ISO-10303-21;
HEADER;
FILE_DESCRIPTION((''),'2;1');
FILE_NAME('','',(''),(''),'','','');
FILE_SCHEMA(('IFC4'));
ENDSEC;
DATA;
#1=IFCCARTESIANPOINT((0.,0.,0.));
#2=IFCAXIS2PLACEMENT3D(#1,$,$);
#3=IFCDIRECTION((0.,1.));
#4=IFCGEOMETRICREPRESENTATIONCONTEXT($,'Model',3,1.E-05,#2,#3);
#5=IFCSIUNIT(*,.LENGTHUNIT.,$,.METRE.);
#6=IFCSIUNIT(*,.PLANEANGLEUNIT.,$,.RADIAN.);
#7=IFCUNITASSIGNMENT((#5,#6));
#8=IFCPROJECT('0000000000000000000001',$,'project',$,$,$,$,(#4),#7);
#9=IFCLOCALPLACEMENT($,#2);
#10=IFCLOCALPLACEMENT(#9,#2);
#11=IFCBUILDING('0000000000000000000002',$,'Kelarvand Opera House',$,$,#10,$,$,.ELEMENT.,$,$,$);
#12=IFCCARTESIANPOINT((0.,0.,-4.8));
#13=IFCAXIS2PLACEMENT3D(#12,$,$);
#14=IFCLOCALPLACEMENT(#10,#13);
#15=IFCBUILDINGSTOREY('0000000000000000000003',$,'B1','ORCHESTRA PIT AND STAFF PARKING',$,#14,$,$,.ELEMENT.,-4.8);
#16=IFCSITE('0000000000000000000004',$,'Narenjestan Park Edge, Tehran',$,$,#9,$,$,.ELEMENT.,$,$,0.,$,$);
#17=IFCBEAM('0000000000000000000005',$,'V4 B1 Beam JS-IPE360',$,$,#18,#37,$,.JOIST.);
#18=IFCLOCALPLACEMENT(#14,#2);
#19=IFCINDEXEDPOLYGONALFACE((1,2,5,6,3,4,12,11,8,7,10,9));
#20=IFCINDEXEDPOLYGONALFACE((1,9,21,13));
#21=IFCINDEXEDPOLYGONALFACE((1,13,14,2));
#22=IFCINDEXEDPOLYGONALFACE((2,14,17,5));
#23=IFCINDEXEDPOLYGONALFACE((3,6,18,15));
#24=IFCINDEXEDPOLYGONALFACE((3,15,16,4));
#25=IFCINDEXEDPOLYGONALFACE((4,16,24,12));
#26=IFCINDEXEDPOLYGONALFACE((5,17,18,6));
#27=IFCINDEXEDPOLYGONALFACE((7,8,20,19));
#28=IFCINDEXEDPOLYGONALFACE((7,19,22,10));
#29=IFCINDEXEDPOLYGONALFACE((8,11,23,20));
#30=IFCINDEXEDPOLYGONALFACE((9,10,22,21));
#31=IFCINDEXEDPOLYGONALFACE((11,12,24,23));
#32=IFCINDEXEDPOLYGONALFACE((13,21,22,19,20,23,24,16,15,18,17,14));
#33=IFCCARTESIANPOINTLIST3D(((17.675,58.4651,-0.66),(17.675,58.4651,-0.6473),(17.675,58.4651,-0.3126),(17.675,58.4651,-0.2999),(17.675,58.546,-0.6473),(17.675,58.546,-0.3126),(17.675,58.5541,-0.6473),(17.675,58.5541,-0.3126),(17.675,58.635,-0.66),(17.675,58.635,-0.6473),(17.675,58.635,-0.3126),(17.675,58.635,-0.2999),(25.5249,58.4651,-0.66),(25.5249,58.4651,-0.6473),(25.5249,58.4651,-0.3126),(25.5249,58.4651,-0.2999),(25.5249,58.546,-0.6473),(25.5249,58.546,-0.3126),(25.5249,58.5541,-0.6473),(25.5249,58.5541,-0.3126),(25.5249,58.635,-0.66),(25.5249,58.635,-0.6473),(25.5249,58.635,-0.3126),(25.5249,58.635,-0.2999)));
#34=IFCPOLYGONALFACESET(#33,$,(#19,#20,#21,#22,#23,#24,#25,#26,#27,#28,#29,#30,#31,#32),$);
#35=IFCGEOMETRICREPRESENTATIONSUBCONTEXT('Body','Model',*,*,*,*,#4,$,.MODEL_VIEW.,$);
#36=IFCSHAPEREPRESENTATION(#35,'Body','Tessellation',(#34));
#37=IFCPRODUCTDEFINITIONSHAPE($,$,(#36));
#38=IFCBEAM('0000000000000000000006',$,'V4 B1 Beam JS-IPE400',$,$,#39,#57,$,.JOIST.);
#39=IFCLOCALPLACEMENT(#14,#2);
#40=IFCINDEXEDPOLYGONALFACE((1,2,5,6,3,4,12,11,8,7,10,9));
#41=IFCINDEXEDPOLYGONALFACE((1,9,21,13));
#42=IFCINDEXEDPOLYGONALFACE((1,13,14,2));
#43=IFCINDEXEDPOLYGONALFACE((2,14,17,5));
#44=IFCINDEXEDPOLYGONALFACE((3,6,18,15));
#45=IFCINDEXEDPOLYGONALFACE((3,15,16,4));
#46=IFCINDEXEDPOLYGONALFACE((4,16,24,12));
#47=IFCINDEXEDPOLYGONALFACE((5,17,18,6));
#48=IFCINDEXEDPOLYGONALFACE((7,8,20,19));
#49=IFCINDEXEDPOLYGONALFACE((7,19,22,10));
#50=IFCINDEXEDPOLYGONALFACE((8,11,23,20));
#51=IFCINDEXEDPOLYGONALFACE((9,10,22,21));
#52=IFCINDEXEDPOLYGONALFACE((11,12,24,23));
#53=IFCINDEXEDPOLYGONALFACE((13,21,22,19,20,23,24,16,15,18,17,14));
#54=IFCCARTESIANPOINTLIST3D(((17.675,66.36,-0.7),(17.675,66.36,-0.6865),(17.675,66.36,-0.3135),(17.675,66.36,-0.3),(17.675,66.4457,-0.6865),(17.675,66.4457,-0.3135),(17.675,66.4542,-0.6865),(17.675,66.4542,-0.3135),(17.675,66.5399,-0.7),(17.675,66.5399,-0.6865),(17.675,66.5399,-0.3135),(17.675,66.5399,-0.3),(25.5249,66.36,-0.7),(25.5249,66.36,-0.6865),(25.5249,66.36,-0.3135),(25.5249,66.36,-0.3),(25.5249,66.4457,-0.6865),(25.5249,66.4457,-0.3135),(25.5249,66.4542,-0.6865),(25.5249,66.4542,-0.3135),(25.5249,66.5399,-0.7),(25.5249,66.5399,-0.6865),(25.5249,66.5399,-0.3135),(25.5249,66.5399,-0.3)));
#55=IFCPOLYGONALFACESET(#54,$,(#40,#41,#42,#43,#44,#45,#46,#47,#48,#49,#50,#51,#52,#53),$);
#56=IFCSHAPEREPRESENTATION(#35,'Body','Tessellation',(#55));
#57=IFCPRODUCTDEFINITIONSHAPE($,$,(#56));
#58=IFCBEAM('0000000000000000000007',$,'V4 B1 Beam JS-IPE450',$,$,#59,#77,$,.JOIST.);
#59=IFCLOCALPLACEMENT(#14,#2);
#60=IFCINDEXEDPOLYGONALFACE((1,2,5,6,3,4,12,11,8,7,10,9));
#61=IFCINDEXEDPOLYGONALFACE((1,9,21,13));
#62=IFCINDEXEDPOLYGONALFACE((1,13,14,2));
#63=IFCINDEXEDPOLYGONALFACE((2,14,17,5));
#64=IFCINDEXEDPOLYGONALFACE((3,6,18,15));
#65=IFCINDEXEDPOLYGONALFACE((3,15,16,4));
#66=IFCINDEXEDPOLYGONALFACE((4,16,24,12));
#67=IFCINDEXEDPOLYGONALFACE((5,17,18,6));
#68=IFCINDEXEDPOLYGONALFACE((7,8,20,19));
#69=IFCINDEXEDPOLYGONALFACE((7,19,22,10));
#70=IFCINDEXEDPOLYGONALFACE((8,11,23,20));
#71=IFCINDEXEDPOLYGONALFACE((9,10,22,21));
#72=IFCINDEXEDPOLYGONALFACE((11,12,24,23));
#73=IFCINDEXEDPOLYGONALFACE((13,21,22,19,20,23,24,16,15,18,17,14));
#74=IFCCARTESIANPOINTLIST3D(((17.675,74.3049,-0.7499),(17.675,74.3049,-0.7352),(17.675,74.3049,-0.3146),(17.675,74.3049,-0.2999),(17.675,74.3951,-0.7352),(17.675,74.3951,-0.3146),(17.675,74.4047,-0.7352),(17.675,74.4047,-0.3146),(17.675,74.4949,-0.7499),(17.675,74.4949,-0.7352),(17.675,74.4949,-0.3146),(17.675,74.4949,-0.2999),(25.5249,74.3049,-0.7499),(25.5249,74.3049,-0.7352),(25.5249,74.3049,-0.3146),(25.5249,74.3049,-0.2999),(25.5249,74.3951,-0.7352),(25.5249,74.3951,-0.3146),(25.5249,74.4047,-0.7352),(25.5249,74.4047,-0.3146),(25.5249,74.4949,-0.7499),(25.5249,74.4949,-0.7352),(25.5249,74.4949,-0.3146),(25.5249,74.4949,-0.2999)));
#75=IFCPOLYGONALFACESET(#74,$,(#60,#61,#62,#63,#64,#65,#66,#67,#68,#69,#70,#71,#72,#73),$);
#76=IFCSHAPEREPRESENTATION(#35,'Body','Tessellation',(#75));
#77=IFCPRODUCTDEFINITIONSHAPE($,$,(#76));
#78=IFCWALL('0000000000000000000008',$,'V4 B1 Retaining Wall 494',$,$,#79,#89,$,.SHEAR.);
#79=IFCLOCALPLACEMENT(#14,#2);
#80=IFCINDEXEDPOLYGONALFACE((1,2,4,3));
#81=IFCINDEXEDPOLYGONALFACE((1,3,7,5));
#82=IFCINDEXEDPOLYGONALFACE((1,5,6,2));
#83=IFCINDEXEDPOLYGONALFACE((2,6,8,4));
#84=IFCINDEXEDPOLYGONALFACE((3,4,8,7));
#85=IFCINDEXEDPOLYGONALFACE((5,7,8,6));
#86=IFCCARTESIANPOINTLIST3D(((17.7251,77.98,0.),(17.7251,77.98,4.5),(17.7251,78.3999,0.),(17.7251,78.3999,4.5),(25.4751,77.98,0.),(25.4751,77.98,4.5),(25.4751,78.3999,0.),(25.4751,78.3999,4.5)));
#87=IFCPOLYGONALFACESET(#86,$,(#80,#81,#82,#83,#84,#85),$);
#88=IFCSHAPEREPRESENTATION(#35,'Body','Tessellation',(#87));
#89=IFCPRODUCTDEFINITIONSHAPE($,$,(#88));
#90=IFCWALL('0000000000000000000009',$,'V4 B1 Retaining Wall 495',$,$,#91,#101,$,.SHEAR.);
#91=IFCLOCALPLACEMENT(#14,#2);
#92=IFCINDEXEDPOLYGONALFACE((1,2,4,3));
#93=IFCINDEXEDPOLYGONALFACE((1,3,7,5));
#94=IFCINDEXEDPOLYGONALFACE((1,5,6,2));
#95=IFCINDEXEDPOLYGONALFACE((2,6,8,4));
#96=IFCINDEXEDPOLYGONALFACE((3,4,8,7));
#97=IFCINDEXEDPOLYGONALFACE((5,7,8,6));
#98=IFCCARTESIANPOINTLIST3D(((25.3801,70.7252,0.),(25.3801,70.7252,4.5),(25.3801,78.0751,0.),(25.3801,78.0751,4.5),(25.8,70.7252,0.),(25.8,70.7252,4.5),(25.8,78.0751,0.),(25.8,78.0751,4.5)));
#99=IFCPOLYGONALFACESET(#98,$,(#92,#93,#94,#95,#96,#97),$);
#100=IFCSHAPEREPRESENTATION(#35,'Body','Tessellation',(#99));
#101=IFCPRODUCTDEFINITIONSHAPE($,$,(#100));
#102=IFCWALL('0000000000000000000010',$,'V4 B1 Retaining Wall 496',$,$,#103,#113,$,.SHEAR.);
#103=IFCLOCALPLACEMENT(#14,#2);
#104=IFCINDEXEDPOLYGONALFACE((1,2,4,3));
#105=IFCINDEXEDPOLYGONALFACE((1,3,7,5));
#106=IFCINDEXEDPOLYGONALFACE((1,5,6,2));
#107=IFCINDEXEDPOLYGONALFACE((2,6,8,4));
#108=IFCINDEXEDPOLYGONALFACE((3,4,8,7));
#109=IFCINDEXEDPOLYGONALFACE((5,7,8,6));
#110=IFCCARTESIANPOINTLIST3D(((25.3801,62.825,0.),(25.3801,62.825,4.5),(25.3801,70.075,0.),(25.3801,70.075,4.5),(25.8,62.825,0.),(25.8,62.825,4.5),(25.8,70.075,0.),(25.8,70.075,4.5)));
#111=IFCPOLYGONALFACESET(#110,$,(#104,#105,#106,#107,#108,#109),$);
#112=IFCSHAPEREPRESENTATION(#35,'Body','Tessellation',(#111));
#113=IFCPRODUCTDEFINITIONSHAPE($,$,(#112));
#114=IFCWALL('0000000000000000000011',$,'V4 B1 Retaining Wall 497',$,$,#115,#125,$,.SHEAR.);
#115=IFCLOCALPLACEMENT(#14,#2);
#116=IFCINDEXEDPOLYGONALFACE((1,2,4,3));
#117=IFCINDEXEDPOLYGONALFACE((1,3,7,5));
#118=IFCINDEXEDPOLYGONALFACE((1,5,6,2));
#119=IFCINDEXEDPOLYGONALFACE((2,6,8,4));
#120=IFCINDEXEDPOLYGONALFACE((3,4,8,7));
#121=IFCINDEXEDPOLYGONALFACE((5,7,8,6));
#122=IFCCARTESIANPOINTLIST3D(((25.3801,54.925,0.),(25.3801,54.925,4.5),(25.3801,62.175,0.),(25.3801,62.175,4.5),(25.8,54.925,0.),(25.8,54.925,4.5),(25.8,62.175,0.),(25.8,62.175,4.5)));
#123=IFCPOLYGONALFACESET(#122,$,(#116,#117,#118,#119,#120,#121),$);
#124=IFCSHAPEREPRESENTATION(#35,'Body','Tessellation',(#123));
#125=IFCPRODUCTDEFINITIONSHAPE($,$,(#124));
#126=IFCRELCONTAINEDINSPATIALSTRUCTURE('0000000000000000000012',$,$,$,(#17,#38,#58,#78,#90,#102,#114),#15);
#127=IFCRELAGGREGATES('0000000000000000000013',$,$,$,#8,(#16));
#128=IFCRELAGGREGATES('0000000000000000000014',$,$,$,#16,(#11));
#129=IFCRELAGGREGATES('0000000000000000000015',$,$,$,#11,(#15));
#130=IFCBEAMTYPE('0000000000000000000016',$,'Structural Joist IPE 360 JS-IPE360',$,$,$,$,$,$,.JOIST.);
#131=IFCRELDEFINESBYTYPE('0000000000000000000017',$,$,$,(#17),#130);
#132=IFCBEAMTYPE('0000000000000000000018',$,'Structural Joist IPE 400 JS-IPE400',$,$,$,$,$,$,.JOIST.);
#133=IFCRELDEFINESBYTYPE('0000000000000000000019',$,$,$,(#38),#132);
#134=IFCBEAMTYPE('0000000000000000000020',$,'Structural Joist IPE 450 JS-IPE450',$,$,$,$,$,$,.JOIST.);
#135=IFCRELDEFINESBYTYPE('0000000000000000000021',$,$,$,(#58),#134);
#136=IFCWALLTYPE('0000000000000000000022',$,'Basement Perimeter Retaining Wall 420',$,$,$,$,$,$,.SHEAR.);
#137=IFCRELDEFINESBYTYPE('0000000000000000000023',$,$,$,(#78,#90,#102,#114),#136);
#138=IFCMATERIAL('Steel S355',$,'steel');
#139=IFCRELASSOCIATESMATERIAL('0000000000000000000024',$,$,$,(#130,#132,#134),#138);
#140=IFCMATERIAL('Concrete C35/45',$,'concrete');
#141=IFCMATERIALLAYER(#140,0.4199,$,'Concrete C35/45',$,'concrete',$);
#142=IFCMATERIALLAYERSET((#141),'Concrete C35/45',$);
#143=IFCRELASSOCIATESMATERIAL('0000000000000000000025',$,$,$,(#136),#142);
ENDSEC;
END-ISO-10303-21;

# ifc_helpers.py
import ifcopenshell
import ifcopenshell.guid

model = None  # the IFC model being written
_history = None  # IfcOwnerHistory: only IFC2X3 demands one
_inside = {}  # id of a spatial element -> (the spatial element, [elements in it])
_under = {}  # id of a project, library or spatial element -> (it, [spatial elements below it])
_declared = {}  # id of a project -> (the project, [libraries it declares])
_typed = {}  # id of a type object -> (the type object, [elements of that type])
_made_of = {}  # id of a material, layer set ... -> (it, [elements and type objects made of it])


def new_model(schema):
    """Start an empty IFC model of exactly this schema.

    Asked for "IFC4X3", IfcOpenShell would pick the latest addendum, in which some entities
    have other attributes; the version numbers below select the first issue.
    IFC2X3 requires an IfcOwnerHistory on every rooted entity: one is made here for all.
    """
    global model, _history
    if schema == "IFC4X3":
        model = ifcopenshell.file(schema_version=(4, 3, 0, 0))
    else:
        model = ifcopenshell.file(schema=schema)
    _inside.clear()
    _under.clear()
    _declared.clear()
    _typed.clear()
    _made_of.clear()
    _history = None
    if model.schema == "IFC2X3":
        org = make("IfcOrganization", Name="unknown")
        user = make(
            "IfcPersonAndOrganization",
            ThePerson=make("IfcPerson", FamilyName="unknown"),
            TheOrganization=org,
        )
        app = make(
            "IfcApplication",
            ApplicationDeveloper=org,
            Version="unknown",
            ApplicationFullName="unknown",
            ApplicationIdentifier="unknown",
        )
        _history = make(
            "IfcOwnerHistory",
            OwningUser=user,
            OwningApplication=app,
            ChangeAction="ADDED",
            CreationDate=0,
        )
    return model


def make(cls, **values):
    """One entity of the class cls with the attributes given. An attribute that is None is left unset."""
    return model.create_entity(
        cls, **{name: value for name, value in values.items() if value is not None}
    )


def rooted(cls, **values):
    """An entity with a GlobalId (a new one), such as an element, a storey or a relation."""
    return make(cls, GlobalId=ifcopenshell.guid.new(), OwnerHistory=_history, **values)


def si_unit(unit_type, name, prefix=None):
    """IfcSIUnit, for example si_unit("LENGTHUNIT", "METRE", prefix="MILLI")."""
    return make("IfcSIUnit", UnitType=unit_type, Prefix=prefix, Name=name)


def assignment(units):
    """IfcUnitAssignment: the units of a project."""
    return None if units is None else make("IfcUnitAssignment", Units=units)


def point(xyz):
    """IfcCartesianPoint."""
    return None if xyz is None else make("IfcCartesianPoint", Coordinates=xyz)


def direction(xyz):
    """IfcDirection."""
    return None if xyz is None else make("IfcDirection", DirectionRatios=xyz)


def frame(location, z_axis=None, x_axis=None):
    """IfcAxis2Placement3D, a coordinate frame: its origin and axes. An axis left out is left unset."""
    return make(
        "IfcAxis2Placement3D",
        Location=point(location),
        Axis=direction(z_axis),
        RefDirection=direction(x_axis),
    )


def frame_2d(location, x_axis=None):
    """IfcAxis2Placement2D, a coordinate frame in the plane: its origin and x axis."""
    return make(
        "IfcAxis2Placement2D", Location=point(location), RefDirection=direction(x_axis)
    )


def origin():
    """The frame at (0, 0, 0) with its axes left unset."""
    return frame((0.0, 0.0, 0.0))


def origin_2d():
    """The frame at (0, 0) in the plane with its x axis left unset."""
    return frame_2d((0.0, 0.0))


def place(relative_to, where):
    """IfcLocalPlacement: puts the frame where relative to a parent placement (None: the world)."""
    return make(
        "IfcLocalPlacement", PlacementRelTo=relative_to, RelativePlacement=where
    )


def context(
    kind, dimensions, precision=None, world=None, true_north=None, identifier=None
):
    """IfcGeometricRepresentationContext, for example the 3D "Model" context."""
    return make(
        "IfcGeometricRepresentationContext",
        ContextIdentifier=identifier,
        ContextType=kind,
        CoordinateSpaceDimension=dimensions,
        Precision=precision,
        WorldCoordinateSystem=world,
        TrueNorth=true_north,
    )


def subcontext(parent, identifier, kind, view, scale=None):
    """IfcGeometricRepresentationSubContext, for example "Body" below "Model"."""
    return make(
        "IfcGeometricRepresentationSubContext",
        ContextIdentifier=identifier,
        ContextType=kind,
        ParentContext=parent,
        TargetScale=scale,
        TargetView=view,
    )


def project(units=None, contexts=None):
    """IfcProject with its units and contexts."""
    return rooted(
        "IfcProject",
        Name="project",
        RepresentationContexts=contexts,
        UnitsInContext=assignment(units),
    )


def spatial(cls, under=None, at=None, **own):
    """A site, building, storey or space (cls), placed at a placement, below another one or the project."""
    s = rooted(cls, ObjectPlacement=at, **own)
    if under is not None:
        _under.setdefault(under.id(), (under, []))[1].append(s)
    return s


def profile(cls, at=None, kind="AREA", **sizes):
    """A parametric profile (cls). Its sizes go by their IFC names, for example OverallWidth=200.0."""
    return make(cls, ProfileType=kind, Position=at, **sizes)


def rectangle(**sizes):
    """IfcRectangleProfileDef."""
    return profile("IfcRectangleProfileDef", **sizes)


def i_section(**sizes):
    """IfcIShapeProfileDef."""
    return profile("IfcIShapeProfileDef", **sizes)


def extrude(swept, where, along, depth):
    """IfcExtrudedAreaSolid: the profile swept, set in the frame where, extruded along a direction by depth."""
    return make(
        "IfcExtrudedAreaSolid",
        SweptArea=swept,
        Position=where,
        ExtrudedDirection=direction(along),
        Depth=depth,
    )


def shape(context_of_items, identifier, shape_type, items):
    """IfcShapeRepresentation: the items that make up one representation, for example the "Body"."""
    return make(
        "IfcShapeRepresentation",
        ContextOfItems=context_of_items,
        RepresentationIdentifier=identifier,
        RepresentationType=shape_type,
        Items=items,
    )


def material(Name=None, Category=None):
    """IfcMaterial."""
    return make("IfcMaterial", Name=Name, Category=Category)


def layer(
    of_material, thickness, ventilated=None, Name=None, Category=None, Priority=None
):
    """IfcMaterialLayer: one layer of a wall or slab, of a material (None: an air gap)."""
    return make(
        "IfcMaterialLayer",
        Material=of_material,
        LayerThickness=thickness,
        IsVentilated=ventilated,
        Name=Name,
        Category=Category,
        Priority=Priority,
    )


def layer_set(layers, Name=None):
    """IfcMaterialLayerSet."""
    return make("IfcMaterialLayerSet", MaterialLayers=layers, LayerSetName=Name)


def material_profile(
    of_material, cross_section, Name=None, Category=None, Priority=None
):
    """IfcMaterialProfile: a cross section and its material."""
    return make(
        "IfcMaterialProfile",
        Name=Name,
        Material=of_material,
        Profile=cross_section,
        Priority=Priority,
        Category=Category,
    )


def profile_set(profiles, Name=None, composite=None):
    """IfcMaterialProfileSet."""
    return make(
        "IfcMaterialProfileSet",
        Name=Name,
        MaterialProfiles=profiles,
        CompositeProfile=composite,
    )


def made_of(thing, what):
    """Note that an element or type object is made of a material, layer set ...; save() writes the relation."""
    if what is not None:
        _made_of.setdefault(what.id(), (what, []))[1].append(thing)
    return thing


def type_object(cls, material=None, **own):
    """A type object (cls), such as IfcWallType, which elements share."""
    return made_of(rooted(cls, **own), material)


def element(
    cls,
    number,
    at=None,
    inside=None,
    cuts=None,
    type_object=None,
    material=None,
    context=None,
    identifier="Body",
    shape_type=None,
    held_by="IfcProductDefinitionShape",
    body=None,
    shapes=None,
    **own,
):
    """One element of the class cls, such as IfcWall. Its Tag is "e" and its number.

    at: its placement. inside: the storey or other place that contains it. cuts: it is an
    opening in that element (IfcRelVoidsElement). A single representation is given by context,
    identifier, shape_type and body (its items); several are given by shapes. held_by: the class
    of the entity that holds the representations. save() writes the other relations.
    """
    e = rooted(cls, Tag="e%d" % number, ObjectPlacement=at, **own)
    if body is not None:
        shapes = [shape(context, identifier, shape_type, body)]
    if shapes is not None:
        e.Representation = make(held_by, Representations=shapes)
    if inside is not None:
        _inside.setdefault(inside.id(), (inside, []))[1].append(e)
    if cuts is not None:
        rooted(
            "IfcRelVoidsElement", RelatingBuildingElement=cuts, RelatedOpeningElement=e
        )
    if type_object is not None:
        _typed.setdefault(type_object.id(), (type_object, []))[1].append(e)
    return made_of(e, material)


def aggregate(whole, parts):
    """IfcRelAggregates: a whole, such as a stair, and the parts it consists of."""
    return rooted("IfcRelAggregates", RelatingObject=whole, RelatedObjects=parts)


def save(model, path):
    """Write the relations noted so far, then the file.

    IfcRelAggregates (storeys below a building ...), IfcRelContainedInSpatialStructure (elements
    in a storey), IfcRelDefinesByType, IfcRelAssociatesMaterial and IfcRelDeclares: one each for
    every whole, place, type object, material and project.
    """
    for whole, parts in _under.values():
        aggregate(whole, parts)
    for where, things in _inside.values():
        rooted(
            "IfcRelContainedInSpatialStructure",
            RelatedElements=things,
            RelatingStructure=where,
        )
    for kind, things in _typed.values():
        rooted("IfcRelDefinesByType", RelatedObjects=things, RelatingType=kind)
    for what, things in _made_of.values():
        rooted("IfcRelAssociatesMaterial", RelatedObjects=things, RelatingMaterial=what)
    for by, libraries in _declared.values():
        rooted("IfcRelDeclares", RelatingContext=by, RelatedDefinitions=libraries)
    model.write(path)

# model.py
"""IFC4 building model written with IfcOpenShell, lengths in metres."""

from ifc_helpers import new_model, si_unit, direction, frame, frame_2d, origin, origin_2d, place, context, subcontext, project, spatial, rectangle, i_section, extrude, material, layer, layer_set, material_profile, profile_set, type_object, element, save


model = new_model("IFC4")

# Units and contexts
model_context = context("Model", 3, precision=1e-05, world=origin(), true_north=direction((0.0, 1.0)))
body_context = subcontext(model_context, "Body", "Model", "MODEL_VIEW")
ifc_project = project(units=[si_unit("LENGTHUNIT", "METRE"), si_unit("PLANEANGLEUNIT", "RADIAN")], contexts=[model_context])

# Site, building, storey
site_placement = place(None, origin())
site = spatial("IfcSite", under=ifc_project, at=site_placement, Name="Narenjestan Park Edge, Tehran", CompositionType="ELEMENT", RefElevation=0.0)
building_placement = place(site_placement, origin())
building = spatial("IfcBuilding", under=site, at=building_placement, Name="Kelarvand Opera House", CompositionType="ELEMENT")
storey_placement = place(building_placement, frame((0.0, 0.0, -4.8)))
storey = spatial("IfcBuildingStorey", under=building, at=storey_placement, Name="B1", Description="ORCHESTRA PIT AND STAFF PARKING", CompositionType="ELEMENT", Elevation=-4.8)

# Beams
ifc_material_1 = material(Name="Steel S355", Category="steel")
ifc_material_profile_1 = material_profile(ifc_material_1, i_section(OverallWidth=0.1699, OverallDepth=0.3601, WebThickness=0.0081, FlangeThickness=0.0127, at=origin_2d()), Name="IPE 360", Category="steel")
ifc_profile_set_1 = profile_set([ifc_material_profile_1], Name="Steel S355")
beam_type_1 = type_object("IfcBeamType", Name="Structural Joist IPE 360 JS-IPE360", PredefinedType="JOIST", material=ifc_profile_set_1)
beam_1_placement = place(storey_placement, frame((17.675, 58.55, -0.48), z_axis=(1.0, 0.0, 0.0), x_axis=(0.0, 1.0, 0.0)))
element("IfcBeam", 1, at=beam_1_placement, inside=storey, type_object=beam_type_1, Name="V4 B1 Beam JS-IPE360", PredefinedType="JOIST", context=body_context, shape_type="SweptSolid", body=[
    extrude(i_section(OverallWidth=0.1699, OverallDepth=0.3601, WebThickness=0.0081, FlangeThickness=0.0127, at=origin_2d()), origin(), (0.0, 0.0, 1.0), 7.8499),
])
ifc_material_profile_2 = material_profile(ifc_material_1, i_section(OverallWidth=0.1799, OverallDepth=0.3999, WebThickness=0.0085, FlangeThickness=0.0134, at=origin_2d()), Name="IPE 400", Category="steel")
ifc_profile_set_2 = profile_set([ifc_material_profile_2], Name="Steel S355")
beam_type_2 = type_object("IfcBeamType", Name="Structural Joist IPE 400 JS-IPE400", PredefinedType="JOIST", material=ifc_profile_set_2)
beam_2_placement = place(storey_placement, frame((17.675, 66.45, -0.5), z_axis=(1.0, 0.0, 0.0), x_axis=(0.0, 1.0, 0.0)))
element("IfcBeam", 2, at=beam_2_placement, inside=storey, type_object=beam_type_2, Name="V4 B1 Beam JS-IPE400", PredefinedType="JOIST", context=body_context, shape_type="SweptSolid", body=[
    extrude(i_section(OverallWidth=0.1799, OverallDepth=0.3999, WebThickness=0.0085, FlangeThickness=0.0134, at=origin_2d()), origin(), (0.0, 0.0, 1.0), 7.8499),
])
ifc_material_profile_3 = material_profile(ifc_material_1, i_section(OverallWidth=0.1899, OverallDepth=0.45, WebThickness=0.0095, FlangeThickness=0.0146, at=origin_2d()), Name="IPE 450", Category="steel")
ifc_profile_set_3 = profile_set([ifc_material_profile_3], Name="Steel S355")
beam_type_3 = type_object("IfcBeamType", Name="Structural Joist IPE 450 JS-IPE450", PredefinedType="JOIST", material=ifc_profile_set_3)
beam_3_placement = place(storey_placement, frame((17.675, 74.3999, -0.5249), z_axis=(1.0, 0.0, 0.0), x_axis=(0.0, 1.0, 0.0)))
element("IfcBeam", 3, at=beam_3_placement, inside=storey, type_object=beam_type_3, Name="V4 B1 Beam JS-IPE450", PredefinedType="JOIST", context=body_context, shape_type="SweptSolid", body=[
    extrude(i_section(OverallWidth=0.1899, OverallDepth=0.45, WebThickness=0.0095, FlangeThickness=0.0146, at=origin_2d()), origin(), (0.0, 0.0, 1.0), 7.8499),
])

# Walls
ifc_material_2 = material(Name="Concrete C35/45", Category="concrete")
ifc_layer = layer(ifc_material_2, 0.4199, Name="Concrete C35/45", Category="concrete")
ifc_layer_set = layer_set([ifc_layer], Name="Concrete C35/45")
wall_type = type_object("IfcWallType", Name="Basement Perimeter Retaining Wall 420", PredefinedType="SHEAR", material=ifc_layer_set)
wall_1_placement = place(storey_placement, frame((17.7251, 78.1899, 0.0), z_axis=(0.0, 0.0, 1.0), x_axis=(1.0, 0.0, 0.0)))
element("IfcWall", 4, at=wall_1_placement, inside=storey, type_object=wall_type, Name="V4 B1 Retaining Wall 494", PredefinedType="SHEAR", context=body_context, shape_type="SweptSolid", body=[
    extrude(rectangle(XDim=7.75, YDim=0.4199, at=frame_2d((3.875, 0.0))), origin(), (0.0, 0.0, 1.0), 4.5),
])
wall_2_placement = place(storey_placement, frame((25.5901, 78.075, 0.0), z_axis=(0.0, 0.0, 1.0), x_axis=(0.0, -1.0, 0.0)))
element("IfcWall", 5, at=wall_2_placement, inside=storey, type_object=wall_type, Name="V4 B1 Retaining Wall 495", PredefinedType="SHEAR", context=body_context, shape_type="SweptSolid", body=[
    extrude(rectangle(XDim=7.3499, YDim=0.4199, at=frame_2d((3.6748, 0.0))), origin(), (0.0, 0.0, 1.0), 4.5),
])
for number, where, z_axis, x_axis, name in (
    (6, (25.5901, 70.075, 0.0), (0.0, 0.0, 1.0), (0.0, -1.0, 0.0), "V4 B1 Retaining Wall 496"),
    (7, (25.5901, 62.175, 0.0), (0.0, 0.0, 1.0), (0.0, -1.0, 0.0), "V4 B1 Retaining Wall 497"),
):
    element("IfcWall", number, at=place(storey_placement, frame(where, z_axis=z_axis, x_axis=x_axis)), inside=storey, type_object=wall_type, Name=name, PredefinedType="SHEAR", context=body_context, shape_type="SweptSolid", body=[
        extrude(rectangle(XDim=7.25, YDim=0.4199, at=frame_2d((3.625, 0.0))), origin(), (0.0, 0.0, 1.0), 4.5),
    ])

save(model, "model.ifc")
